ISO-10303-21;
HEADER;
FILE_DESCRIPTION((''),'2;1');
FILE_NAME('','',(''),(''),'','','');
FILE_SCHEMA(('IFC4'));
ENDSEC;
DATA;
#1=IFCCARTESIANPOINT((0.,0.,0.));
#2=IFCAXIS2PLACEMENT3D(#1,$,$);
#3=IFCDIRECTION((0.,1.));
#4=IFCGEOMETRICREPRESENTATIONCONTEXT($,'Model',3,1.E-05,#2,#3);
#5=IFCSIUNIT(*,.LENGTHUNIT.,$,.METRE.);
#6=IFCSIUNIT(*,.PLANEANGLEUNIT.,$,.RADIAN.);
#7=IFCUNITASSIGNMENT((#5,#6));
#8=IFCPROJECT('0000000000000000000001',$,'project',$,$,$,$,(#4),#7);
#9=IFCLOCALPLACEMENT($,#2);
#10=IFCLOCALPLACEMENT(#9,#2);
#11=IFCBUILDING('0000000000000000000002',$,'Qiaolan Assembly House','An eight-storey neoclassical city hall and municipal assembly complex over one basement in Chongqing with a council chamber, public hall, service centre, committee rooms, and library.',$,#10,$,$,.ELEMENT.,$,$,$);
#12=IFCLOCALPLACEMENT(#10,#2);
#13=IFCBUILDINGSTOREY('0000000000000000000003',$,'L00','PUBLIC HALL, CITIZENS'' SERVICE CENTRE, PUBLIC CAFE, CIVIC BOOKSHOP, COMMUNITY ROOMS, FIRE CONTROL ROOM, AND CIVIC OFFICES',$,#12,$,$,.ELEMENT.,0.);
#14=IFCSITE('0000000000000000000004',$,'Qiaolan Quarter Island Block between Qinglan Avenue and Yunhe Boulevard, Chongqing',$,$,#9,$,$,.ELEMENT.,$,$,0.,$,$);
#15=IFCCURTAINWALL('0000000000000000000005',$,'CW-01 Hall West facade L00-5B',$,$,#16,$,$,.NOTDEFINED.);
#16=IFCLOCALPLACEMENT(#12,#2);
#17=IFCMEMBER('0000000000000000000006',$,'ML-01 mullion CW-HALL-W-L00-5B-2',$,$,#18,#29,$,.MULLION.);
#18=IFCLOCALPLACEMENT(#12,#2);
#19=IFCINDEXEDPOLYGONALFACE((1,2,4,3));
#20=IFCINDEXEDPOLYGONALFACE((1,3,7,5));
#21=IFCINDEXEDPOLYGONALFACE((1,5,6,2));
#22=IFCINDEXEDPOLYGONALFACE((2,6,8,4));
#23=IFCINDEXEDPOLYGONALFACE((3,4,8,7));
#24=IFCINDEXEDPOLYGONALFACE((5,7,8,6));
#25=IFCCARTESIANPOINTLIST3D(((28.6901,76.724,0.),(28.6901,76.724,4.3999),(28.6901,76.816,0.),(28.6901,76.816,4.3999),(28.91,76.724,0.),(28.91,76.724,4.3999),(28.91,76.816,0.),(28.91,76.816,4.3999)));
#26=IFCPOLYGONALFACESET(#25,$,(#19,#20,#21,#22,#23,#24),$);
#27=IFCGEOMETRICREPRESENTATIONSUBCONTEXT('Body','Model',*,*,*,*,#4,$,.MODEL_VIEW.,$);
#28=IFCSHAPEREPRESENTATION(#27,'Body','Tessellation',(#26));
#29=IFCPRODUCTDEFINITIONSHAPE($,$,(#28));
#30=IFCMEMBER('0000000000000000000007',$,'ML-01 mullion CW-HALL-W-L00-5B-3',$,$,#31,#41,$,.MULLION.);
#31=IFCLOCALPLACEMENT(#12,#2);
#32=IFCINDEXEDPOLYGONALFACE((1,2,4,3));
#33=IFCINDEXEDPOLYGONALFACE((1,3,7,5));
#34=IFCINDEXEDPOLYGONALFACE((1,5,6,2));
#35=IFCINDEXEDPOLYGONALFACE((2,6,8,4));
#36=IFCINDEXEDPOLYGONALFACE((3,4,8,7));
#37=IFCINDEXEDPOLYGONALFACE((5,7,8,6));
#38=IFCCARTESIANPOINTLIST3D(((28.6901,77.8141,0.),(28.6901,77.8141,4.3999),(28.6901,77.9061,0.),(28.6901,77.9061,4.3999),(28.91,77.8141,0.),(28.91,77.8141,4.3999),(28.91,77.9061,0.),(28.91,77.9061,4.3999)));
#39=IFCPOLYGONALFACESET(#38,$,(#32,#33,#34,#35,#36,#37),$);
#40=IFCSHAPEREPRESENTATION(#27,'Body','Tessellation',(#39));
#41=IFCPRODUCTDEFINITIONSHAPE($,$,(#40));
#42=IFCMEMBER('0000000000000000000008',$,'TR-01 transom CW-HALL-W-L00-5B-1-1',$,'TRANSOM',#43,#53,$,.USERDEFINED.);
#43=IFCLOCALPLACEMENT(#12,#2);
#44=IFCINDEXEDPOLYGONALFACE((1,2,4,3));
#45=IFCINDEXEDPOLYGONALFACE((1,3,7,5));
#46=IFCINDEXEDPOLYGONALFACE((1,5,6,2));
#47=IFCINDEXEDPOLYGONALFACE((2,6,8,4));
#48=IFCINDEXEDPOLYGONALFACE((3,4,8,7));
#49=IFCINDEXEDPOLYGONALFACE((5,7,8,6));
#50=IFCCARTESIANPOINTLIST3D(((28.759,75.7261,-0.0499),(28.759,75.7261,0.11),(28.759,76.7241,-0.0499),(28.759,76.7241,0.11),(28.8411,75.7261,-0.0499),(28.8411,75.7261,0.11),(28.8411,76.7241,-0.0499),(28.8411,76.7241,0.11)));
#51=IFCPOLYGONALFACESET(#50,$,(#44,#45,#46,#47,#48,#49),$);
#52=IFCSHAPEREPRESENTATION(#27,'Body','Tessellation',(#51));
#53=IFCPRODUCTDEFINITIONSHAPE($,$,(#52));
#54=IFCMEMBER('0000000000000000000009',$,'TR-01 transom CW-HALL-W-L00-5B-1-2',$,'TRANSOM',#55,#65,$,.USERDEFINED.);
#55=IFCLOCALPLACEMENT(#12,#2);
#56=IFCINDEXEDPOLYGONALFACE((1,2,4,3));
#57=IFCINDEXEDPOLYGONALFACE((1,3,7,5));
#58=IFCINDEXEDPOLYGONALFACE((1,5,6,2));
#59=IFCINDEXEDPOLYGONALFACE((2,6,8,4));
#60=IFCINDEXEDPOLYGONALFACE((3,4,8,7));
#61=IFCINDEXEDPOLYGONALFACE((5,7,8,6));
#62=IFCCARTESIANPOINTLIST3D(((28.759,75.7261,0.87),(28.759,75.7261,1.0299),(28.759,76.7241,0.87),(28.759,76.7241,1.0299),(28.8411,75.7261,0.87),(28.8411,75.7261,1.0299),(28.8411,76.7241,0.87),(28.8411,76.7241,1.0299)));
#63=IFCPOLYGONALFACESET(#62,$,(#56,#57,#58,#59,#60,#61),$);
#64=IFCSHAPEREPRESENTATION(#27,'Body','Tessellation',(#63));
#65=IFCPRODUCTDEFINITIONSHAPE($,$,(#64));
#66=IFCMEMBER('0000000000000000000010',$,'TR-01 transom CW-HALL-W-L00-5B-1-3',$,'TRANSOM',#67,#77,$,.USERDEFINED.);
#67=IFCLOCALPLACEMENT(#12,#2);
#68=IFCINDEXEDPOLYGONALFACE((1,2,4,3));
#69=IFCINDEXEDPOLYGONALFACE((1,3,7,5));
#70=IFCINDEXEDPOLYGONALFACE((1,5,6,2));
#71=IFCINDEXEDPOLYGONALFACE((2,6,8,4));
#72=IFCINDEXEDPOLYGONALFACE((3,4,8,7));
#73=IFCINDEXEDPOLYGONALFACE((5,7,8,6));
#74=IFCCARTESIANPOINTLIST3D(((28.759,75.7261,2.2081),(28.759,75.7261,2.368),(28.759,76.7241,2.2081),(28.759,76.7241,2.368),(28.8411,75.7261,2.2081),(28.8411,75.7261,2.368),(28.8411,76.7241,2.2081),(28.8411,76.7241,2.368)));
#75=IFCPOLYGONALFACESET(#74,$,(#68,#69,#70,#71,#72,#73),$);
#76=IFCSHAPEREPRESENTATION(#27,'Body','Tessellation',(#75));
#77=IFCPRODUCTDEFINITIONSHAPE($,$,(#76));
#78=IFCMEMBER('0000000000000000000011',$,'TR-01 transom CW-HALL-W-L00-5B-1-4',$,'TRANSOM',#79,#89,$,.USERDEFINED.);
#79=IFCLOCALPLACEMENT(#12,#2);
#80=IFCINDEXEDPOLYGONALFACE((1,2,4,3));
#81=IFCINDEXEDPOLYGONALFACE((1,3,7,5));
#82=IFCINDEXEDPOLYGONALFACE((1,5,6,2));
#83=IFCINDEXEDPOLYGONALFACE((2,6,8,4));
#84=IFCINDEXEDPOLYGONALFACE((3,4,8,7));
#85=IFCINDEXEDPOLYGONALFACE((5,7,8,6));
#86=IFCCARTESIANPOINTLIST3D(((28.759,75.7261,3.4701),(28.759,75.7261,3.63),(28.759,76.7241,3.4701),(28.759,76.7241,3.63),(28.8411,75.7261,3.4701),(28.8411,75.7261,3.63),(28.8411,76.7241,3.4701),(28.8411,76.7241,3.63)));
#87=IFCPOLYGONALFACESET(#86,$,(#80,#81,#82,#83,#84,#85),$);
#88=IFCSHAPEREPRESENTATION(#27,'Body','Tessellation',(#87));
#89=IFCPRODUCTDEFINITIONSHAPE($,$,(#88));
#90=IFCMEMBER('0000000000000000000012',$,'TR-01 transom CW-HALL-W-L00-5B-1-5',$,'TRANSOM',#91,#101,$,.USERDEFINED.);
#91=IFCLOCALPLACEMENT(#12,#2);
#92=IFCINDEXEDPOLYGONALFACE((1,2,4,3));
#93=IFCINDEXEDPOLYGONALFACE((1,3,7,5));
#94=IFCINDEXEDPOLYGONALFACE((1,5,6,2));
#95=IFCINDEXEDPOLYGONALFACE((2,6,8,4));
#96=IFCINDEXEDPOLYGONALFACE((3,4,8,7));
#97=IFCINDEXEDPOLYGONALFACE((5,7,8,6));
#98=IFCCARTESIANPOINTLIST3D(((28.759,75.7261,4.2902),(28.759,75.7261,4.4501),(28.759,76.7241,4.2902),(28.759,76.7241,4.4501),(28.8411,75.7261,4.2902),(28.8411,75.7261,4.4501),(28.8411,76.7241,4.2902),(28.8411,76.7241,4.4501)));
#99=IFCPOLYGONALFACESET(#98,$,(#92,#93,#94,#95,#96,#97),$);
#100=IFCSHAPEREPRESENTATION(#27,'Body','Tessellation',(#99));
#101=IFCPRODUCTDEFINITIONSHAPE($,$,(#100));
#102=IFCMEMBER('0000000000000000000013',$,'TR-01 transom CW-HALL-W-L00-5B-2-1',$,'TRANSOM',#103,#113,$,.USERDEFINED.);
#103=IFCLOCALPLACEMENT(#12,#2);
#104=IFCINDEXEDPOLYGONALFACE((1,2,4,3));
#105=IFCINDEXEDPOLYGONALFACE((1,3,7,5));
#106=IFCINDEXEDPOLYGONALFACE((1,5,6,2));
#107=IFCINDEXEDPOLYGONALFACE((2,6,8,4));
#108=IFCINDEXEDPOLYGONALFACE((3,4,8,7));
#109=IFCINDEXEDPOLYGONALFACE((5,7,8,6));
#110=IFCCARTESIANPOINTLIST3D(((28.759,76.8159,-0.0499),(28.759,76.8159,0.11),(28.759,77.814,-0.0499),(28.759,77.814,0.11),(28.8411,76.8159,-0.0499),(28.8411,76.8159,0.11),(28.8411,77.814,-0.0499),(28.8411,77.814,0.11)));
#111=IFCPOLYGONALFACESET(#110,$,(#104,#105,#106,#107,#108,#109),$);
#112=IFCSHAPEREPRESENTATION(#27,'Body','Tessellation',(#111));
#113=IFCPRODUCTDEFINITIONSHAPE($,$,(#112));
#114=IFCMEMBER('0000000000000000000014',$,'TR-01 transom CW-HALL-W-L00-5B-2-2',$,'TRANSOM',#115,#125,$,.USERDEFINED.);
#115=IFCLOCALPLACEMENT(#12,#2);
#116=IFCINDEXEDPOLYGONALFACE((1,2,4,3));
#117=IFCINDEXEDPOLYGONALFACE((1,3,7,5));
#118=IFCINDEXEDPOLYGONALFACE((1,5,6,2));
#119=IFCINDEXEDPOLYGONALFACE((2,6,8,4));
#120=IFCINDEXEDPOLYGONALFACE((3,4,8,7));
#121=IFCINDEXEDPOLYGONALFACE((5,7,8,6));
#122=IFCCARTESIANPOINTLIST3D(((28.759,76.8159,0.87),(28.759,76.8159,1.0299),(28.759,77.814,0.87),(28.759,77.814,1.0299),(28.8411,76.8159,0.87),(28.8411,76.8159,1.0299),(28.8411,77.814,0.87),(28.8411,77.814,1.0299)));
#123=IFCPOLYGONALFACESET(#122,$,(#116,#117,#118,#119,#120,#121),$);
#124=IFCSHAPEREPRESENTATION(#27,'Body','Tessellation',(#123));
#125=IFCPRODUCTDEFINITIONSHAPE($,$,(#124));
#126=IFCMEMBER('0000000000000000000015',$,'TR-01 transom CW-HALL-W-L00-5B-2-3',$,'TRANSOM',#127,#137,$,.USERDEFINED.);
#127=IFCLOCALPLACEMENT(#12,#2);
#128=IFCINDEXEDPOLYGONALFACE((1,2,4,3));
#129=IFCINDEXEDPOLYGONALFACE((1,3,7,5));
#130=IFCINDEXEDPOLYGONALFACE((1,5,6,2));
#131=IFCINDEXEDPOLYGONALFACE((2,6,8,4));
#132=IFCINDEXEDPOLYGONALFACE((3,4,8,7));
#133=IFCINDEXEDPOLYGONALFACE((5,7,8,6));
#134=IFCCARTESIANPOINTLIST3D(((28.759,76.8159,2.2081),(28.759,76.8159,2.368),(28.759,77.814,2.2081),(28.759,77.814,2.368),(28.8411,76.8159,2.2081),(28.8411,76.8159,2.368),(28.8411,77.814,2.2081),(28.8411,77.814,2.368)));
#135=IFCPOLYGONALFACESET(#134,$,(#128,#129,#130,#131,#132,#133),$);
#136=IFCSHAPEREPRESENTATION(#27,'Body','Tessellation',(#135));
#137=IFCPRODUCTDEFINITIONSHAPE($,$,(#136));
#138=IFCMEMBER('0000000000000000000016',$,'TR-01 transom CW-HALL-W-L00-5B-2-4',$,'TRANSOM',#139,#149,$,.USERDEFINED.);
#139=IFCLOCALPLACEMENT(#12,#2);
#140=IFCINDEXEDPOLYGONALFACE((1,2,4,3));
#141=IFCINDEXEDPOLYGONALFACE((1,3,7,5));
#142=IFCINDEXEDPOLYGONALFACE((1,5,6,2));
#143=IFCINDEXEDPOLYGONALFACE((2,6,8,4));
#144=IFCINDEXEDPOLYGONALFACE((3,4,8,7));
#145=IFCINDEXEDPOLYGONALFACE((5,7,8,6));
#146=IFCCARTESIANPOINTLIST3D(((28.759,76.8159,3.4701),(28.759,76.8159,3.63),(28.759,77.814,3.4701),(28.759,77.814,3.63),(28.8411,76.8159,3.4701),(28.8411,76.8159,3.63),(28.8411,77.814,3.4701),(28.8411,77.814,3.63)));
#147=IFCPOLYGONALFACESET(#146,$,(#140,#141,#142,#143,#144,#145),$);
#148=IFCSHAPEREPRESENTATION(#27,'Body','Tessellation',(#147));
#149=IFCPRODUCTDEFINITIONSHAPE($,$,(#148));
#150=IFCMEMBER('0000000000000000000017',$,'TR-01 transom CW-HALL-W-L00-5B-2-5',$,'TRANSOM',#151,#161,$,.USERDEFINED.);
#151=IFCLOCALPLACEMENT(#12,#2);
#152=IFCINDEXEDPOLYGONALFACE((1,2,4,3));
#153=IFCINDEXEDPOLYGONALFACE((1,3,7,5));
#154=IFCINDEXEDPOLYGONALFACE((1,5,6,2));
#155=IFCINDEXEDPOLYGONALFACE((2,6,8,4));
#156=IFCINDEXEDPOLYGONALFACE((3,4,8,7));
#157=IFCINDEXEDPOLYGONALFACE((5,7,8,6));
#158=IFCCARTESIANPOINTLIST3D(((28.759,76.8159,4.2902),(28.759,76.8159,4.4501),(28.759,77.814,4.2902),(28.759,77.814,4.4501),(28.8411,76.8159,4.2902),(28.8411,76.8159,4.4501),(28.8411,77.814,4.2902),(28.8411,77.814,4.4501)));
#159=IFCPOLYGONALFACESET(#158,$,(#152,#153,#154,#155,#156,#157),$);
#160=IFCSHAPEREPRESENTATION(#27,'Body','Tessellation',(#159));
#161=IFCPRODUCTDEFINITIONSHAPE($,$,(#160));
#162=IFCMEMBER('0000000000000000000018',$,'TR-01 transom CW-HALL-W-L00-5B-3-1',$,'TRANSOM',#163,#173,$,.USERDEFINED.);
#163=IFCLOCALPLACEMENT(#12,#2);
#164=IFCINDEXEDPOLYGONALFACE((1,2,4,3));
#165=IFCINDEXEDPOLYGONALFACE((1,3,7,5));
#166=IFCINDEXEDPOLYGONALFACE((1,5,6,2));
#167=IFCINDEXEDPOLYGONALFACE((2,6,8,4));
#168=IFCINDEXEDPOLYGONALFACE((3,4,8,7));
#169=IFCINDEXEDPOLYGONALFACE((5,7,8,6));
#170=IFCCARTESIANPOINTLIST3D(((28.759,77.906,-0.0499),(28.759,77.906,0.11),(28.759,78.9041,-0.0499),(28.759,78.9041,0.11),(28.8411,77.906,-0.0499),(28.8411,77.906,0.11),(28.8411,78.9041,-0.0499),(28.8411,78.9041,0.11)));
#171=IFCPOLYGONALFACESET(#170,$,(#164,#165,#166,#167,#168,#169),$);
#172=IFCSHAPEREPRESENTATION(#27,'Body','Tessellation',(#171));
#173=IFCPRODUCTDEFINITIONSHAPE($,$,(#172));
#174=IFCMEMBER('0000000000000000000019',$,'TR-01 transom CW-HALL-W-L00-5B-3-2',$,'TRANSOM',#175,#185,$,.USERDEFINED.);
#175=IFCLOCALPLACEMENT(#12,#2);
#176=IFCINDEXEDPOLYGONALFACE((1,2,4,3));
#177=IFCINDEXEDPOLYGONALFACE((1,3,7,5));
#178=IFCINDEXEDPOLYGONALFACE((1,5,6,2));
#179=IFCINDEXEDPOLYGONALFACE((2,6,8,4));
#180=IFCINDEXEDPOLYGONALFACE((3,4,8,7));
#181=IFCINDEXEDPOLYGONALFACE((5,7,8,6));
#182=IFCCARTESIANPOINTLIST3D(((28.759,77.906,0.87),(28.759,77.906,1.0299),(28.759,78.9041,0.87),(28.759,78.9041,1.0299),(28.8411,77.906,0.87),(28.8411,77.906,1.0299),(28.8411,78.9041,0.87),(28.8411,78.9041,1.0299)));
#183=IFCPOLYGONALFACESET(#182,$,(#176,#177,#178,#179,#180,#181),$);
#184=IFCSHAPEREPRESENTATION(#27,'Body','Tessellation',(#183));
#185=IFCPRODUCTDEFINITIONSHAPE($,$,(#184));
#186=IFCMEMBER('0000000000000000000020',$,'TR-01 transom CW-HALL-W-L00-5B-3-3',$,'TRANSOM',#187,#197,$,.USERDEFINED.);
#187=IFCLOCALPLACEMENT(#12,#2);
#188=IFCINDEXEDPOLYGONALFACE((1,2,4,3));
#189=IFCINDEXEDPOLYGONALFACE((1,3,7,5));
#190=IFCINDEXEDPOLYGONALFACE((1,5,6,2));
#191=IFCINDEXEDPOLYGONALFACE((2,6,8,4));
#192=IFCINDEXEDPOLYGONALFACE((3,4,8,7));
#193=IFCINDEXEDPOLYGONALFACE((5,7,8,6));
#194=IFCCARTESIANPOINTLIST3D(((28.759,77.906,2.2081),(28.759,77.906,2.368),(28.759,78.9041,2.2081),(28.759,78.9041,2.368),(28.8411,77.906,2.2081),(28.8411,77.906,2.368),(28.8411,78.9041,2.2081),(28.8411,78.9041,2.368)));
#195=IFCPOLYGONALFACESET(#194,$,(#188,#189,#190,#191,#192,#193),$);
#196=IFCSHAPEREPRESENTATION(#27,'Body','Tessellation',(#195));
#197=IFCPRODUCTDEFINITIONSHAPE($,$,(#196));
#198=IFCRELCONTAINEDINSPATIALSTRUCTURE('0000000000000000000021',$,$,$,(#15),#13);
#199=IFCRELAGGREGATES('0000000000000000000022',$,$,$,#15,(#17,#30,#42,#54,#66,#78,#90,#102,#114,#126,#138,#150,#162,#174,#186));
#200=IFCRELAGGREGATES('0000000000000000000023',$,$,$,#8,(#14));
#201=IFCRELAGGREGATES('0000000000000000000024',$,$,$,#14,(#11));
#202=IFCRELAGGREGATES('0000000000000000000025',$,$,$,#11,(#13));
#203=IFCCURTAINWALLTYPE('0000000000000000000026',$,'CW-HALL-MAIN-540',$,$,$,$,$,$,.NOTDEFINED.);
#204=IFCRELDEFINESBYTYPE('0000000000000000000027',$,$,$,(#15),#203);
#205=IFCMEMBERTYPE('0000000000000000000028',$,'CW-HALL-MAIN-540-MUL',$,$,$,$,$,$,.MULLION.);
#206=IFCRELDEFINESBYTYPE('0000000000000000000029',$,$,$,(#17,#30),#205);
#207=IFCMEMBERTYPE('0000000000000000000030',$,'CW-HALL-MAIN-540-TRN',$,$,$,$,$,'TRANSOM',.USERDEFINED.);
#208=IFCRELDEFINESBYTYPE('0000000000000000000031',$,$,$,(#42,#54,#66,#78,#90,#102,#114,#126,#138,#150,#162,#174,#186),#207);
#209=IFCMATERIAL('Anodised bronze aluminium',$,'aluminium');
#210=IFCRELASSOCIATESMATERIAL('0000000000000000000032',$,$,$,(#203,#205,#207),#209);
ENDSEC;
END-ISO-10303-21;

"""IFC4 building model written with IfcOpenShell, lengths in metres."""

from ifc_helpers import new_model, si_unit, direction, frame, origin, origin_2d, place, context, subcontext, project, spatial, rectangle, extrude, material, material_profile, profile_set, type_object, element, aggregate, save


model = new_model("IFC4")

# Units and contexts
model_context = context("Model", 3, precision=1e-05, world=origin(), true_north=direction((0.0, 1.0)))
body_context = subcontext(model_context, "Body", "Model", "MODEL_VIEW")
ifc_project = project(units=[si_unit("LENGTHUNIT", "METRE"), si_unit("PLANEANGLEUNIT", "RADIAN")], contexts=[model_context])

# Site, building, storey
site_placement = place(None, origin())
site = spatial("IfcSite", under=ifc_project, at=site_placement, Name="Qiaolan Quarter Island Block between Qinglan Avenue and Yunhe Boulevard, Chongqing", CompositionType="ELEMENT", RefElevation=0.0)
building_placement = place(site_placement, origin())
building = spatial("IfcBuilding", under=site, at=building_placement, Name="Qiaolan Assembly House", Description="An eight-storey neoclassical city hall and municipal assembly complex over one basement in Chongqing with a council chamber, public hall, service centre, committee rooms, and library.", CompositionType="ELEMENT")
storey_placement = place(building_placement, origin())
storey = spatial("IfcBuildingStorey", under=building, at=storey_placement, Name="L00", Description="PUBLIC HALL, CITIZENS' SERVICE CENTRE, PUBLIC CAFE, CIVIC BOOKSHOP, COMMUNITY ROOMS, FIRE CONTROL ROOM, AND CIVIC OFFICES", CompositionType="ELEMENT", Elevation=0.0)

# Curtain wall, members
ifc_material_1 = material(Name="Anodised bronze aluminium", Category="aluminium")
curtain_wall_type = type_object("IfcCurtainWallType", Name="CW-HALL-MAIN-540", PredefinedType="NOTDEFINED", material=ifc_material_1)
curtain_wall_placement = place(storey_placement, origin())
curtain_wall = element("IfcCurtainWall", 1, at=curtain_wall_placement, inside=storey, type_object=curtain_wall_type, Name="CW-01 Hall West facade L00-5B", PredefinedType="NOTDEFINED")
ifc_material_profile_1 = material_profile(ifc_material_1, rectangle(XDim=0.092, YDim=0.22, at=origin_2d()), Name="MUL 92x220")
ifc_profile_set_1 = profile_set([ifc_material_profile_1], Name="Anodised bronze aluminium")
member_type_1 = type_object("IfcMemberType", Name="CW-HALL-MAIN-540-MUL", PredefinedType="MULLION", material=ifc_profile_set_1)
member_1_placement = place(storey_placement, frame((28.8, 76.77, 0.0), z_axis=(0.0, 0.0, 1.0), x_axis=(0.0, 1.0, 0.0)))
member_1 = element("IfcMember", 2, at=member_1_placement, type_object=member_type_1, Name="ML-01 mullion CW-HALL-W-L00-5B-2", PredefinedType="MULLION", context=body_context, shape_type="SweptSolid", body=[
    extrude(rectangle(XDim=0.092, YDim=0.22, at=origin_2d()), origin(), (0.0, 0.0, 1.0), 4.3999),
])
member_2_placement = place(storey_placement, frame((28.8, 77.8601, 0.0), z_axis=(0.0, 0.0, 1.0), x_axis=(0.0, 1.0, 0.0)))
member_2 = element("IfcMember", 3, at=member_2_placement, type_object=member_type_1, Name="ML-01 mullion CW-HALL-W-L00-5B-3", PredefinedType="MULLION", context=body_context, shape_type="SweptSolid", body=[
    extrude(rectangle(XDim=0.092, YDim=0.22, at=origin_2d()), origin(), (0.0, 0.0, 1.0), 4.3999),
])
ifc_material_profile_2 = material_profile(ifc_material_1, rectangle(XDim=0.082, YDim=0.1599, at=origin_2d()), Name="TRN 82x160")
ifc_profile_set_2 = profile_set([ifc_material_profile_2], Name="Anodised bronze aluminium")
member_type_2 = type_object("IfcMemberType", Name="CW-HALL-MAIN-540-TRN", ElementType="TRANSOM", PredefinedType="USERDEFINED", material=ifc_profile_set_2)
member_3_placement = place(storey_placement, frame((28.8, 75.7261, 0.03), z_axis=(0.0, 1.0, 0.0), x_axis=(-1.0, 0.0, 0.0)))
member_3 = element("IfcMember", 4, at=member_3_placement, type_object=member_type_2, Name="TR-01 transom CW-HALL-W-L00-5B-1-1", ObjectType="TRANSOM", PredefinedType="USERDEFINED", context=body_context, shape_type="SweptSolid", body=[
    extrude(rectangle(XDim=0.082, YDim=0.1599, at=origin_2d()), origin(), (0.0, 0.0, 1.0), 0.998),
])
member_4_placement = place(storey_placement, frame((28.8, 75.7261, 0.95), z_axis=(0.0, 1.0, 0.0), x_axis=(-1.0, 0.0, 0.0)))
member_4 = element("IfcMember", 5, at=member_4_placement, type_object=member_type_2, Name="TR-01 transom CW-HALL-W-L00-5B-1-2", ObjectType="TRANSOM", PredefinedType="USERDEFINED", context=body_context, shape_type="SweptSolid", body=[
    extrude(rectangle(XDim=0.082, YDim=0.1599, at=origin_2d()), origin(), (0.0, 0.0, 1.0), 0.998),
])
member_5_placement = place(storey_placement, frame((28.8, 75.7261, 2.2881), z_axis=(0.0, 1.0, 0.0), x_axis=(-1.0, 0.0, 0.0)))
member_5 = element("IfcMember", 6, at=member_5_placement, type_object=member_type_2, Name="TR-01 transom CW-HALL-W-L00-5B-1-3", ObjectType="TRANSOM", PredefinedType="USERDEFINED", context=body_context, shape_type="SweptSolid", body=[
    extrude(rectangle(XDim=0.082, YDim=0.1599, at=origin_2d()), origin(), (0.0, 0.0, 1.0), 0.998),
])
member_6_placement = place(storey_placement, frame((28.8, 75.7261, 3.55), z_axis=(0.0, 1.0, 0.0), x_axis=(-1.0, 0.0, 0.0)))
member_6 = element("IfcMember", 7, at=member_6_placement, type_object=member_type_2, Name="TR-01 transom CW-HALL-W-L00-5B-1-4", ObjectType="TRANSOM", PredefinedType="USERDEFINED", context=body_context, shape_type="SweptSolid", body=[
    extrude(rectangle(XDim=0.082, YDim=0.1599, at=origin_2d()), origin(), (0.0, 0.0, 1.0), 0.998),
])
member_7_placement = place(storey_placement, frame((28.8, 75.7261, 4.3701), z_axis=(0.0, 1.0, 0.0), x_axis=(-1.0, 0.0, 0.0)))
member_7 = element("IfcMember", 8, at=member_7_placement, type_object=member_type_2, Name="TR-01 transom CW-HALL-W-L00-5B-1-5", ObjectType="TRANSOM", PredefinedType="USERDEFINED", context=body_context, shape_type="SweptSolid", body=[
    extrude(rectangle(XDim=0.082, YDim=0.1599, at=origin_2d()), origin(), (0.0, 0.0, 1.0), 0.998),
])
member_8_placement = place(storey_placement, frame((28.8, 76.8159, 0.03), z_axis=(0.0, 1.0, 0.0), x_axis=(-1.0, 0.0, 0.0)))
member_8 = element("IfcMember", 9, at=member_8_placement, type_object=member_type_2, Name="TR-01 transom CW-HALL-W-L00-5B-2-1", ObjectType="TRANSOM", PredefinedType="USERDEFINED", context=body_context, shape_type="SweptSolid", body=[
    extrude(rectangle(XDim=0.082, YDim=0.1599, at=origin_2d()), origin(), (0.0, 0.0, 1.0), 0.998),
])
member_9_placement = place(storey_placement, frame((28.8, 76.8159, 0.95), z_axis=(0.0, 1.0, 0.0), x_axis=(-1.0, 0.0, 0.0)))
member_9 = element("IfcMember", 10, at=member_9_placement, type_object=member_type_2, Name="TR-01 transom CW-HALL-W-L00-5B-2-2", ObjectType="TRANSOM", PredefinedType="USERDEFINED", context=body_context, shape_type="SweptSolid", body=[
    extrude(rectangle(XDim=0.082, YDim=0.1599, at=origin_2d()), origin(), (0.0, 0.0, 1.0), 0.998),
])
member_10_placement = place(storey_placement, frame((28.8, 76.8159, 2.2881), z_axis=(0.0, 1.0, 0.0), x_axis=(-1.0, 0.0, 0.0)))
member_10 = element("IfcMember", 11, at=member_10_placement, type_object=member_type_2, Name="TR-01 transom CW-HALL-W-L00-5B-2-3", ObjectType="TRANSOM", PredefinedType="USERDEFINED", context=body_context, shape_type="SweptSolid", body=[
    extrude(rectangle(XDim=0.082, YDim=0.1599, at=origin_2d()), origin(), (0.0, 0.0, 1.0), 0.998),
])
member_11_placement = place(storey_placement, frame((28.8, 76.8159, 3.55), z_axis=(0.0, 1.0, 0.0), x_axis=(-1.0, 0.0, 0.0)))
member_11 = element("IfcMember", 12, at=member_11_placement, type_object=member_type_2, Name="TR-01 transom CW-HALL-W-L00-5B-2-4", ObjectType="TRANSOM", PredefinedType="USERDEFINED", context=body_context, shape_type="SweptSolid", body=[
    extrude(rectangle(XDim=0.082, YDim=0.1599, at=origin_2d()), origin(), (0.0, 0.0, 1.0), 0.998),
])
member_12_placement = place(storey_placement, frame((28.8, 76.8159, 4.3701), z_axis=(0.0, 1.0, 0.0), x_axis=(-1.0, 0.0, 0.0)))
member_12 = element("IfcMember", 13, at=member_12_placement, type_object=member_type_2, Name="TR-01 transom CW-HALL-W-L00-5B-2-5", ObjectType="TRANSOM", PredefinedType="USERDEFINED", context=body_context, shape_type="SweptSolid", body=[
    extrude(rectangle(XDim=0.082, YDim=0.1599, at=origin_2d()), origin(), (0.0, 0.0, 1.0), 0.998),
])
member_13_placement = place(storey_placement, frame((28.8, 77.906, 0.03), z_axis=(0.0, 1.0, 0.0), x_axis=(-1.0, 0.0, 0.0)))
member_13 = element("IfcMember", 14, at=member_13_placement, type_object=member_type_2, Name="TR-01 transom CW-HALL-W-L00-5B-3-1", ObjectType="TRANSOM", PredefinedType="USERDEFINED", context=body_context, shape_type="SweptSolid", body=[
    extrude(rectangle(XDim=0.082, YDim=0.1599, at=origin_2d()), origin(), (0.0, 0.0, 1.0), 0.998),
])
member_14_placement = place(storey_placement, frame((28.8, 77.906, 0.95), z_axis=(0.0, 1.0, 0.0), x_axis=(-1.0, 0.0, 0.0)))
member_14 = element("IfcMember", 15, at=member_14_placement, type_object=member_type_2, Name="TR-01 transom CW-HALL-W-L00-5B-3-2", ObjectType="TRANSOM", PredefinedType="USERDEFINED", context=body_context, shape_type="SweptSolid", body=[
    extrude(rectangle(XDim=0.082, YDim=0.1599, at=origin_2d()), origin(), (0.0, 0.0, 1.0), 0.998),
])
member_15_placement = place(storey_placement, frame((28.8, 77.906, 2.2881), z_axis=(0.0, 1.0, 0.0), x_axis=(-1.0, 0.0, 0.0)))
member_15 = element("IfcMember", 16, at=member_15_placement, type_object=member_type_2, Name="TR-01 transom CW-HALL-W-L00-5B-3-3", ObjectType="TRANSOM", PredefinedType="USERDEFINED", context=body_context, shape_type="SweptSolid", body=[
    extrude(rectangle(XDim=0.082, YDim=0.1599, at=origin_2d()), origin(), (0.0, 0.0, 1.0), 0.998),
])
aggregate(curtain_wall, [member_1, member_2, member_3, member_4, member_5, member_6, member_7, member_8, member_9, member_10, member_11, member_12, member_13, member_14, member_15])

save(model, "model.ifc")
